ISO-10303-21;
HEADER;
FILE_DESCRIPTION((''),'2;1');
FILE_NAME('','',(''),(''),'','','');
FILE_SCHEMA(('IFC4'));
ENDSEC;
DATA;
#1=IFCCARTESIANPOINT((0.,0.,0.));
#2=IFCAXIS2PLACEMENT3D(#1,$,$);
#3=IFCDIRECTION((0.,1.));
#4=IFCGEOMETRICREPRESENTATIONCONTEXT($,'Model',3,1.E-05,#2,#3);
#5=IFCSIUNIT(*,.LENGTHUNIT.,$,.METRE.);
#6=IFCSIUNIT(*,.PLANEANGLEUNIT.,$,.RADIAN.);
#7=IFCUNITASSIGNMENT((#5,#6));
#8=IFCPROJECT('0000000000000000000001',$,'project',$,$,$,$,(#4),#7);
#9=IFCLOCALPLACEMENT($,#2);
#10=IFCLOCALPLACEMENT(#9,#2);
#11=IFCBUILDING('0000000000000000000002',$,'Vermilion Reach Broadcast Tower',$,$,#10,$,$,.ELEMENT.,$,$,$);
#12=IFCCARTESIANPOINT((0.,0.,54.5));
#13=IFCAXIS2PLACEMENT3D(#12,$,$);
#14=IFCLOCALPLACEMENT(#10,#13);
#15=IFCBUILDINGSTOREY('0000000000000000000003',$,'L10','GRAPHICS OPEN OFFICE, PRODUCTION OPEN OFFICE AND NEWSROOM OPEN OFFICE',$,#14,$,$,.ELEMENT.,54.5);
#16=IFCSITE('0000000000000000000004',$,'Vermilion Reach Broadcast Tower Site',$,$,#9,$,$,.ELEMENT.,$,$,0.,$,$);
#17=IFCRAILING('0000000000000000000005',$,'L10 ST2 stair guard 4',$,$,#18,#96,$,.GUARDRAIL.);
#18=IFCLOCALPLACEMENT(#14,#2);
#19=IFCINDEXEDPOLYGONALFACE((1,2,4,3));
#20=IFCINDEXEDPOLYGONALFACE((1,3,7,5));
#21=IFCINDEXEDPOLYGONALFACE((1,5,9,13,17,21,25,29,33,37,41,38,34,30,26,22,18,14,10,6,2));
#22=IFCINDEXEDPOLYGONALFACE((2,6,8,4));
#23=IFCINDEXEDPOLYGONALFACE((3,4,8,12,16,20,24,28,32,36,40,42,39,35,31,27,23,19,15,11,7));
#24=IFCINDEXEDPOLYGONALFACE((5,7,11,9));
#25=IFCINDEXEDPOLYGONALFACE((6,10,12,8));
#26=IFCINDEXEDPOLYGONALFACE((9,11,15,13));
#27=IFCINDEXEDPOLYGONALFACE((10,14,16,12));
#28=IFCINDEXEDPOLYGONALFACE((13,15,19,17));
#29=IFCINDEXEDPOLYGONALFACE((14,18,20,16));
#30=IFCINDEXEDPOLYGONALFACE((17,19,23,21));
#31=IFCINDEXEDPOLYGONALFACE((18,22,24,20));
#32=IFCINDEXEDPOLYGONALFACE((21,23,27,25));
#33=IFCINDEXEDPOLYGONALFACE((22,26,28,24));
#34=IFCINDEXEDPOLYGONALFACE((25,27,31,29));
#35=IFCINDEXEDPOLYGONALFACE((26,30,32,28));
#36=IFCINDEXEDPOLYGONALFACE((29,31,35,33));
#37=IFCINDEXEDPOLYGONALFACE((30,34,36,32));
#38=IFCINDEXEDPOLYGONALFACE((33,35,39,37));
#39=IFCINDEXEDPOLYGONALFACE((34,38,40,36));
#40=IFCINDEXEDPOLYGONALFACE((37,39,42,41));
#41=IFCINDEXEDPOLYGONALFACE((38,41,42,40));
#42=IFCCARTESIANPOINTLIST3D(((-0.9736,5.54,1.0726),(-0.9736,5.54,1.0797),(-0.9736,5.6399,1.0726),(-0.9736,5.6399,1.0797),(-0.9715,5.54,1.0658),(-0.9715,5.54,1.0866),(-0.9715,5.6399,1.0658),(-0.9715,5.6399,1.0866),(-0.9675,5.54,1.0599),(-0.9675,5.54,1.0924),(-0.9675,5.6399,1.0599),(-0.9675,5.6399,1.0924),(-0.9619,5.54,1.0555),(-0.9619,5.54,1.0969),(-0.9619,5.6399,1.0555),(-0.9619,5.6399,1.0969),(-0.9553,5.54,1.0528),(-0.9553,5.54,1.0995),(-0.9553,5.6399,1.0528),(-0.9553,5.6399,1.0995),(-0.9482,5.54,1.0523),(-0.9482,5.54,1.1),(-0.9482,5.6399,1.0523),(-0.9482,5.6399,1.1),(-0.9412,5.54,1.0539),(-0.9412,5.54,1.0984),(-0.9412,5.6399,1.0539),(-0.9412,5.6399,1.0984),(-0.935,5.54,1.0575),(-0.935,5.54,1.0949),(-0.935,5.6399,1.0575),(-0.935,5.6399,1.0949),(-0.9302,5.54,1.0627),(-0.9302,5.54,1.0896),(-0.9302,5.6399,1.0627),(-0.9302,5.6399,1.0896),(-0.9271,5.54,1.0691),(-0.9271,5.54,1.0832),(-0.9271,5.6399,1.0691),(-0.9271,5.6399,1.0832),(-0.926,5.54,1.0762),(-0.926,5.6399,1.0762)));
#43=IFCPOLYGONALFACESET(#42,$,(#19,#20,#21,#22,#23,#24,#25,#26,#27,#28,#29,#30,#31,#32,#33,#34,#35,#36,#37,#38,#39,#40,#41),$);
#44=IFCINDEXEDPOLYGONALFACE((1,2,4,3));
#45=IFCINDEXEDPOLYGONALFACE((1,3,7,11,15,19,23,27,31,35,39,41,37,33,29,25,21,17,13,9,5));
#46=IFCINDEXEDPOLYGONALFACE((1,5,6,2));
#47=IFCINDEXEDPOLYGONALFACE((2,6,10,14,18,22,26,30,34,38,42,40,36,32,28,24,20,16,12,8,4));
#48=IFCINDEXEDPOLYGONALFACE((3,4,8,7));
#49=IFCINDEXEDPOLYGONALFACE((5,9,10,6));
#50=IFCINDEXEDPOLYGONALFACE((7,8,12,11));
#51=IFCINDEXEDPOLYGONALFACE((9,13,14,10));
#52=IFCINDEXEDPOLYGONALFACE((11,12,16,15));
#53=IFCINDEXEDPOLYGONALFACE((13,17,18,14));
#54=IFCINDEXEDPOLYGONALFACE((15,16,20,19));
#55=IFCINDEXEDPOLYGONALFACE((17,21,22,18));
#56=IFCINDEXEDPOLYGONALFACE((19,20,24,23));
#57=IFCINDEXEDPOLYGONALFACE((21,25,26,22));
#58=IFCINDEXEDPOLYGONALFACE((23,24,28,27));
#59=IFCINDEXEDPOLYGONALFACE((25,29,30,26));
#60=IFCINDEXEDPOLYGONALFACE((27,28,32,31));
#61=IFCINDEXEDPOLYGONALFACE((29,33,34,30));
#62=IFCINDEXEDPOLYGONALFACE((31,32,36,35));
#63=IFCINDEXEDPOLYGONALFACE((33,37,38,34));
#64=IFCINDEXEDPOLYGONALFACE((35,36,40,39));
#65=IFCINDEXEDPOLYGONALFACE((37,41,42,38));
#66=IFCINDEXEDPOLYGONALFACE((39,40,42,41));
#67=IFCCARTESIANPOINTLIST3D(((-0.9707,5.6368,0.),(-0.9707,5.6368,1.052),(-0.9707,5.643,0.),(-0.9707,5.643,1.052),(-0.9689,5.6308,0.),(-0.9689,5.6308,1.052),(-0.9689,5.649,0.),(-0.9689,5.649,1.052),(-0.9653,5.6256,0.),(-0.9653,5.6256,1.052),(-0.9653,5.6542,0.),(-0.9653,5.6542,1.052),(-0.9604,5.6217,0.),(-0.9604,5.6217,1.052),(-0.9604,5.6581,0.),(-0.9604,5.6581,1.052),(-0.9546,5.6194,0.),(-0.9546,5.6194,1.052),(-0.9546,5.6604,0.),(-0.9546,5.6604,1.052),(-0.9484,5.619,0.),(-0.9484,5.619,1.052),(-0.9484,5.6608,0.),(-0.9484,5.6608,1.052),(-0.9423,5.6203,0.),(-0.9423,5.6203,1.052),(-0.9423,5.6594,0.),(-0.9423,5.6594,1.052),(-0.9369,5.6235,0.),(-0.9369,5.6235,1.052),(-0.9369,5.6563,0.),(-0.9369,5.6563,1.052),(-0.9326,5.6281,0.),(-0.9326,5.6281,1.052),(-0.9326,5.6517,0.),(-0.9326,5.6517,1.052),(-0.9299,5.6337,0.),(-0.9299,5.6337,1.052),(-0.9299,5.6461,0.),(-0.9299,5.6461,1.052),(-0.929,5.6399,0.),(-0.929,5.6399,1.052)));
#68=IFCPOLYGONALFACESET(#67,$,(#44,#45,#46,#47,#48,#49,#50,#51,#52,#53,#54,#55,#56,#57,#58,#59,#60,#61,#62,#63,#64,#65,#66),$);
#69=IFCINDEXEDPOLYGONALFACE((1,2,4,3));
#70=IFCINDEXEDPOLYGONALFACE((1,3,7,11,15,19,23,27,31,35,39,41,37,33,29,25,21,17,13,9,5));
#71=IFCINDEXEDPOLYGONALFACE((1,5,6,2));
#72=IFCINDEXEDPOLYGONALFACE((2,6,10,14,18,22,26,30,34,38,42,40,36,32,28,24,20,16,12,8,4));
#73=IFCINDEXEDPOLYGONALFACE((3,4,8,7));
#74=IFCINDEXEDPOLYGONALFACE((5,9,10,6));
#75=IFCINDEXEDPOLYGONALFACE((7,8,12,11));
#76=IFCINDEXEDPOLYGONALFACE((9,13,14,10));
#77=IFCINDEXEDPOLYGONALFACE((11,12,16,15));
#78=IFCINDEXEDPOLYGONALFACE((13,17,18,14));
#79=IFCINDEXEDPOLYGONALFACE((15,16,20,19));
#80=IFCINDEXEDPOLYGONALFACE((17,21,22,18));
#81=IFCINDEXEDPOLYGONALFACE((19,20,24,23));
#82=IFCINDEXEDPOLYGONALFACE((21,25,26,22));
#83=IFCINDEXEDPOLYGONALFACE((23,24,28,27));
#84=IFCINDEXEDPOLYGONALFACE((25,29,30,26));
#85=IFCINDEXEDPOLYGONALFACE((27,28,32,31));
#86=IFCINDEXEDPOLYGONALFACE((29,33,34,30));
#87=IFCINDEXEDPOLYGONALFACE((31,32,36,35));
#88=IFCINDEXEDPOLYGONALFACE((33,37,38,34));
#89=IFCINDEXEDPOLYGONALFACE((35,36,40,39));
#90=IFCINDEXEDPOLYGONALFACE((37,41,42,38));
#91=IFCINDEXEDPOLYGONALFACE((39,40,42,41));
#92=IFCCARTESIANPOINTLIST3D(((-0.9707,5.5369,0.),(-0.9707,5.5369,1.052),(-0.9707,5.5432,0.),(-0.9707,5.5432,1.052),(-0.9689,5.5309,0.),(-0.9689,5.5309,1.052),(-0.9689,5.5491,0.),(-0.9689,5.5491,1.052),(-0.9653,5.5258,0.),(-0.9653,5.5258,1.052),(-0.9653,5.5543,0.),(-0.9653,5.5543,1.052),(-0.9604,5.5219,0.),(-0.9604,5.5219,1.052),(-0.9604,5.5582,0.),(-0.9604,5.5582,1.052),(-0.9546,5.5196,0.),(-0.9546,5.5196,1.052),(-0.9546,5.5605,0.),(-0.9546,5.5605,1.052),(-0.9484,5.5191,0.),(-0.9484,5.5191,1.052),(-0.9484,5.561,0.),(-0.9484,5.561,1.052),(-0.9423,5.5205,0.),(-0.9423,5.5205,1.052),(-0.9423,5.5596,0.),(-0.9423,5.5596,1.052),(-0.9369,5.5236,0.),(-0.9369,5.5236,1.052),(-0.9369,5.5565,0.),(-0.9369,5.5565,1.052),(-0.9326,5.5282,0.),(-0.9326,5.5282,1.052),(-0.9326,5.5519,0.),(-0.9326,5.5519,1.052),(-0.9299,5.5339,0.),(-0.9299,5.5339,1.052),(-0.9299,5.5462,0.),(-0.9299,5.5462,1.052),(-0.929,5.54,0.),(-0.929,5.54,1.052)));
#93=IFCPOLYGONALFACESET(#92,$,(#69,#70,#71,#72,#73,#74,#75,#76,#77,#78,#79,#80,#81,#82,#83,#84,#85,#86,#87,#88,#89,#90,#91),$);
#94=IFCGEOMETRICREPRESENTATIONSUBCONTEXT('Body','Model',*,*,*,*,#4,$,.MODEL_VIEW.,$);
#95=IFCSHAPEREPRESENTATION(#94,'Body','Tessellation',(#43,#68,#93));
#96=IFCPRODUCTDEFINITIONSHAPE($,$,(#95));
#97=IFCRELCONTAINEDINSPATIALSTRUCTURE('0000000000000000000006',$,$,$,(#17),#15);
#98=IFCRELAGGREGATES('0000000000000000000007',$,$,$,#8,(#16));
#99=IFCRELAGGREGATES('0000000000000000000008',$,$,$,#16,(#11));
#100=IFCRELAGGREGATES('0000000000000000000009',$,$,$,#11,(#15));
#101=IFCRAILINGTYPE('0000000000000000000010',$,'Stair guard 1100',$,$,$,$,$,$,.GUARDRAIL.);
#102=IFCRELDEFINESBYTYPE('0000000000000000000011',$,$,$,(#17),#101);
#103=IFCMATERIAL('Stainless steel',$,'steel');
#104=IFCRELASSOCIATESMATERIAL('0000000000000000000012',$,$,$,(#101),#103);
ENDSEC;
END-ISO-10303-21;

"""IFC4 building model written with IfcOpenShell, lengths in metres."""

from ifc_helpers import new_model, si_unit, direction, frame, origin, origin_2d, place, context, subcontext, project, spatial, circle, extrude, material, type_object, element, save


model = new_model("IFC4")

# Units and contexts
model_context = context("Model", 3, precision=1e-05, world=origin(), true_north=direction((0.0, 1.0)))
body_context = subcontext(model_context, "Body", "Model", "MODEL_VIEW")
ifc_project = project(units=[si_unit("LENGTHUNIT", "METRE"), si_unit("PLANEANGLEUNIT", "RADIAN")], contexts=[model_context])

# Site, building, storey
site_placement = place(None, origin())
site = spatial("IfcSite", under=ifc_project, at=site_placement, Name="Vermilion Reach Broadcast Tower Site", CompositionType="ELEMENT", RefElevation=0.0)
building_placement = place(site_placement, origin())
building = spatial("IfcBuilding", under=site, at=building_placement, Name="Vermilion Reach Broadcast Tower", CompositionType="ELEMENT")
storey_placement = place(building_placement, frame((0.0, 0.0, 54.5)))
storey = spatial("IfcBuildingStorey", under=building, at=storey_placement, Name="L10", Description="GRAPHICS OPEN OFFICE, PRODUCTION OPEN OFFICE AND NEWSROOM OPEN OFFICE", CompositionType="ELEMENT", Elevation=54.5)

# Railing
ifc_material_1 = material(Name="Stainless steel", Category="steel")
railing_type_1 = type_object("IfcRailingType", Name="Stair guard 1100", PredefinedType="GUARDRAIL", material=ifc_material_1)
railing_1_placement = place(storey_placement, frame((-0.95, 5.6399, 0.0)))
element("IfcRailing", 1, at=railing_1_placement, inside=storey, type_object=railing_type_1, Name="L10 ST2 stair guard 4", PredefinedType="GUARDRAIL", context=body_context, shape_type="SweptSolid", body=[
    extrude(circle(Radius=0.0239, at=origin_2d()), frame((0.0, 0.0, 1.0762), z_axis=(0.0, -1.0, 0.0), x_axis=(1.0, 0.0, 0.0)), (0.0, 0.0, 1.0), 0.0999),
    extrude(circle(Radius=0.021, at=origin_2d()), origin(), (0.0, 0.0, 1.0), 1.052),
    extrude(circle(Radius=0.021, at=origin_2d()), frame((0.0, -0.0999, 0.0)), (0.0, 0.0, 1.0), 1.052),
])

save(model, "model.ifc")
